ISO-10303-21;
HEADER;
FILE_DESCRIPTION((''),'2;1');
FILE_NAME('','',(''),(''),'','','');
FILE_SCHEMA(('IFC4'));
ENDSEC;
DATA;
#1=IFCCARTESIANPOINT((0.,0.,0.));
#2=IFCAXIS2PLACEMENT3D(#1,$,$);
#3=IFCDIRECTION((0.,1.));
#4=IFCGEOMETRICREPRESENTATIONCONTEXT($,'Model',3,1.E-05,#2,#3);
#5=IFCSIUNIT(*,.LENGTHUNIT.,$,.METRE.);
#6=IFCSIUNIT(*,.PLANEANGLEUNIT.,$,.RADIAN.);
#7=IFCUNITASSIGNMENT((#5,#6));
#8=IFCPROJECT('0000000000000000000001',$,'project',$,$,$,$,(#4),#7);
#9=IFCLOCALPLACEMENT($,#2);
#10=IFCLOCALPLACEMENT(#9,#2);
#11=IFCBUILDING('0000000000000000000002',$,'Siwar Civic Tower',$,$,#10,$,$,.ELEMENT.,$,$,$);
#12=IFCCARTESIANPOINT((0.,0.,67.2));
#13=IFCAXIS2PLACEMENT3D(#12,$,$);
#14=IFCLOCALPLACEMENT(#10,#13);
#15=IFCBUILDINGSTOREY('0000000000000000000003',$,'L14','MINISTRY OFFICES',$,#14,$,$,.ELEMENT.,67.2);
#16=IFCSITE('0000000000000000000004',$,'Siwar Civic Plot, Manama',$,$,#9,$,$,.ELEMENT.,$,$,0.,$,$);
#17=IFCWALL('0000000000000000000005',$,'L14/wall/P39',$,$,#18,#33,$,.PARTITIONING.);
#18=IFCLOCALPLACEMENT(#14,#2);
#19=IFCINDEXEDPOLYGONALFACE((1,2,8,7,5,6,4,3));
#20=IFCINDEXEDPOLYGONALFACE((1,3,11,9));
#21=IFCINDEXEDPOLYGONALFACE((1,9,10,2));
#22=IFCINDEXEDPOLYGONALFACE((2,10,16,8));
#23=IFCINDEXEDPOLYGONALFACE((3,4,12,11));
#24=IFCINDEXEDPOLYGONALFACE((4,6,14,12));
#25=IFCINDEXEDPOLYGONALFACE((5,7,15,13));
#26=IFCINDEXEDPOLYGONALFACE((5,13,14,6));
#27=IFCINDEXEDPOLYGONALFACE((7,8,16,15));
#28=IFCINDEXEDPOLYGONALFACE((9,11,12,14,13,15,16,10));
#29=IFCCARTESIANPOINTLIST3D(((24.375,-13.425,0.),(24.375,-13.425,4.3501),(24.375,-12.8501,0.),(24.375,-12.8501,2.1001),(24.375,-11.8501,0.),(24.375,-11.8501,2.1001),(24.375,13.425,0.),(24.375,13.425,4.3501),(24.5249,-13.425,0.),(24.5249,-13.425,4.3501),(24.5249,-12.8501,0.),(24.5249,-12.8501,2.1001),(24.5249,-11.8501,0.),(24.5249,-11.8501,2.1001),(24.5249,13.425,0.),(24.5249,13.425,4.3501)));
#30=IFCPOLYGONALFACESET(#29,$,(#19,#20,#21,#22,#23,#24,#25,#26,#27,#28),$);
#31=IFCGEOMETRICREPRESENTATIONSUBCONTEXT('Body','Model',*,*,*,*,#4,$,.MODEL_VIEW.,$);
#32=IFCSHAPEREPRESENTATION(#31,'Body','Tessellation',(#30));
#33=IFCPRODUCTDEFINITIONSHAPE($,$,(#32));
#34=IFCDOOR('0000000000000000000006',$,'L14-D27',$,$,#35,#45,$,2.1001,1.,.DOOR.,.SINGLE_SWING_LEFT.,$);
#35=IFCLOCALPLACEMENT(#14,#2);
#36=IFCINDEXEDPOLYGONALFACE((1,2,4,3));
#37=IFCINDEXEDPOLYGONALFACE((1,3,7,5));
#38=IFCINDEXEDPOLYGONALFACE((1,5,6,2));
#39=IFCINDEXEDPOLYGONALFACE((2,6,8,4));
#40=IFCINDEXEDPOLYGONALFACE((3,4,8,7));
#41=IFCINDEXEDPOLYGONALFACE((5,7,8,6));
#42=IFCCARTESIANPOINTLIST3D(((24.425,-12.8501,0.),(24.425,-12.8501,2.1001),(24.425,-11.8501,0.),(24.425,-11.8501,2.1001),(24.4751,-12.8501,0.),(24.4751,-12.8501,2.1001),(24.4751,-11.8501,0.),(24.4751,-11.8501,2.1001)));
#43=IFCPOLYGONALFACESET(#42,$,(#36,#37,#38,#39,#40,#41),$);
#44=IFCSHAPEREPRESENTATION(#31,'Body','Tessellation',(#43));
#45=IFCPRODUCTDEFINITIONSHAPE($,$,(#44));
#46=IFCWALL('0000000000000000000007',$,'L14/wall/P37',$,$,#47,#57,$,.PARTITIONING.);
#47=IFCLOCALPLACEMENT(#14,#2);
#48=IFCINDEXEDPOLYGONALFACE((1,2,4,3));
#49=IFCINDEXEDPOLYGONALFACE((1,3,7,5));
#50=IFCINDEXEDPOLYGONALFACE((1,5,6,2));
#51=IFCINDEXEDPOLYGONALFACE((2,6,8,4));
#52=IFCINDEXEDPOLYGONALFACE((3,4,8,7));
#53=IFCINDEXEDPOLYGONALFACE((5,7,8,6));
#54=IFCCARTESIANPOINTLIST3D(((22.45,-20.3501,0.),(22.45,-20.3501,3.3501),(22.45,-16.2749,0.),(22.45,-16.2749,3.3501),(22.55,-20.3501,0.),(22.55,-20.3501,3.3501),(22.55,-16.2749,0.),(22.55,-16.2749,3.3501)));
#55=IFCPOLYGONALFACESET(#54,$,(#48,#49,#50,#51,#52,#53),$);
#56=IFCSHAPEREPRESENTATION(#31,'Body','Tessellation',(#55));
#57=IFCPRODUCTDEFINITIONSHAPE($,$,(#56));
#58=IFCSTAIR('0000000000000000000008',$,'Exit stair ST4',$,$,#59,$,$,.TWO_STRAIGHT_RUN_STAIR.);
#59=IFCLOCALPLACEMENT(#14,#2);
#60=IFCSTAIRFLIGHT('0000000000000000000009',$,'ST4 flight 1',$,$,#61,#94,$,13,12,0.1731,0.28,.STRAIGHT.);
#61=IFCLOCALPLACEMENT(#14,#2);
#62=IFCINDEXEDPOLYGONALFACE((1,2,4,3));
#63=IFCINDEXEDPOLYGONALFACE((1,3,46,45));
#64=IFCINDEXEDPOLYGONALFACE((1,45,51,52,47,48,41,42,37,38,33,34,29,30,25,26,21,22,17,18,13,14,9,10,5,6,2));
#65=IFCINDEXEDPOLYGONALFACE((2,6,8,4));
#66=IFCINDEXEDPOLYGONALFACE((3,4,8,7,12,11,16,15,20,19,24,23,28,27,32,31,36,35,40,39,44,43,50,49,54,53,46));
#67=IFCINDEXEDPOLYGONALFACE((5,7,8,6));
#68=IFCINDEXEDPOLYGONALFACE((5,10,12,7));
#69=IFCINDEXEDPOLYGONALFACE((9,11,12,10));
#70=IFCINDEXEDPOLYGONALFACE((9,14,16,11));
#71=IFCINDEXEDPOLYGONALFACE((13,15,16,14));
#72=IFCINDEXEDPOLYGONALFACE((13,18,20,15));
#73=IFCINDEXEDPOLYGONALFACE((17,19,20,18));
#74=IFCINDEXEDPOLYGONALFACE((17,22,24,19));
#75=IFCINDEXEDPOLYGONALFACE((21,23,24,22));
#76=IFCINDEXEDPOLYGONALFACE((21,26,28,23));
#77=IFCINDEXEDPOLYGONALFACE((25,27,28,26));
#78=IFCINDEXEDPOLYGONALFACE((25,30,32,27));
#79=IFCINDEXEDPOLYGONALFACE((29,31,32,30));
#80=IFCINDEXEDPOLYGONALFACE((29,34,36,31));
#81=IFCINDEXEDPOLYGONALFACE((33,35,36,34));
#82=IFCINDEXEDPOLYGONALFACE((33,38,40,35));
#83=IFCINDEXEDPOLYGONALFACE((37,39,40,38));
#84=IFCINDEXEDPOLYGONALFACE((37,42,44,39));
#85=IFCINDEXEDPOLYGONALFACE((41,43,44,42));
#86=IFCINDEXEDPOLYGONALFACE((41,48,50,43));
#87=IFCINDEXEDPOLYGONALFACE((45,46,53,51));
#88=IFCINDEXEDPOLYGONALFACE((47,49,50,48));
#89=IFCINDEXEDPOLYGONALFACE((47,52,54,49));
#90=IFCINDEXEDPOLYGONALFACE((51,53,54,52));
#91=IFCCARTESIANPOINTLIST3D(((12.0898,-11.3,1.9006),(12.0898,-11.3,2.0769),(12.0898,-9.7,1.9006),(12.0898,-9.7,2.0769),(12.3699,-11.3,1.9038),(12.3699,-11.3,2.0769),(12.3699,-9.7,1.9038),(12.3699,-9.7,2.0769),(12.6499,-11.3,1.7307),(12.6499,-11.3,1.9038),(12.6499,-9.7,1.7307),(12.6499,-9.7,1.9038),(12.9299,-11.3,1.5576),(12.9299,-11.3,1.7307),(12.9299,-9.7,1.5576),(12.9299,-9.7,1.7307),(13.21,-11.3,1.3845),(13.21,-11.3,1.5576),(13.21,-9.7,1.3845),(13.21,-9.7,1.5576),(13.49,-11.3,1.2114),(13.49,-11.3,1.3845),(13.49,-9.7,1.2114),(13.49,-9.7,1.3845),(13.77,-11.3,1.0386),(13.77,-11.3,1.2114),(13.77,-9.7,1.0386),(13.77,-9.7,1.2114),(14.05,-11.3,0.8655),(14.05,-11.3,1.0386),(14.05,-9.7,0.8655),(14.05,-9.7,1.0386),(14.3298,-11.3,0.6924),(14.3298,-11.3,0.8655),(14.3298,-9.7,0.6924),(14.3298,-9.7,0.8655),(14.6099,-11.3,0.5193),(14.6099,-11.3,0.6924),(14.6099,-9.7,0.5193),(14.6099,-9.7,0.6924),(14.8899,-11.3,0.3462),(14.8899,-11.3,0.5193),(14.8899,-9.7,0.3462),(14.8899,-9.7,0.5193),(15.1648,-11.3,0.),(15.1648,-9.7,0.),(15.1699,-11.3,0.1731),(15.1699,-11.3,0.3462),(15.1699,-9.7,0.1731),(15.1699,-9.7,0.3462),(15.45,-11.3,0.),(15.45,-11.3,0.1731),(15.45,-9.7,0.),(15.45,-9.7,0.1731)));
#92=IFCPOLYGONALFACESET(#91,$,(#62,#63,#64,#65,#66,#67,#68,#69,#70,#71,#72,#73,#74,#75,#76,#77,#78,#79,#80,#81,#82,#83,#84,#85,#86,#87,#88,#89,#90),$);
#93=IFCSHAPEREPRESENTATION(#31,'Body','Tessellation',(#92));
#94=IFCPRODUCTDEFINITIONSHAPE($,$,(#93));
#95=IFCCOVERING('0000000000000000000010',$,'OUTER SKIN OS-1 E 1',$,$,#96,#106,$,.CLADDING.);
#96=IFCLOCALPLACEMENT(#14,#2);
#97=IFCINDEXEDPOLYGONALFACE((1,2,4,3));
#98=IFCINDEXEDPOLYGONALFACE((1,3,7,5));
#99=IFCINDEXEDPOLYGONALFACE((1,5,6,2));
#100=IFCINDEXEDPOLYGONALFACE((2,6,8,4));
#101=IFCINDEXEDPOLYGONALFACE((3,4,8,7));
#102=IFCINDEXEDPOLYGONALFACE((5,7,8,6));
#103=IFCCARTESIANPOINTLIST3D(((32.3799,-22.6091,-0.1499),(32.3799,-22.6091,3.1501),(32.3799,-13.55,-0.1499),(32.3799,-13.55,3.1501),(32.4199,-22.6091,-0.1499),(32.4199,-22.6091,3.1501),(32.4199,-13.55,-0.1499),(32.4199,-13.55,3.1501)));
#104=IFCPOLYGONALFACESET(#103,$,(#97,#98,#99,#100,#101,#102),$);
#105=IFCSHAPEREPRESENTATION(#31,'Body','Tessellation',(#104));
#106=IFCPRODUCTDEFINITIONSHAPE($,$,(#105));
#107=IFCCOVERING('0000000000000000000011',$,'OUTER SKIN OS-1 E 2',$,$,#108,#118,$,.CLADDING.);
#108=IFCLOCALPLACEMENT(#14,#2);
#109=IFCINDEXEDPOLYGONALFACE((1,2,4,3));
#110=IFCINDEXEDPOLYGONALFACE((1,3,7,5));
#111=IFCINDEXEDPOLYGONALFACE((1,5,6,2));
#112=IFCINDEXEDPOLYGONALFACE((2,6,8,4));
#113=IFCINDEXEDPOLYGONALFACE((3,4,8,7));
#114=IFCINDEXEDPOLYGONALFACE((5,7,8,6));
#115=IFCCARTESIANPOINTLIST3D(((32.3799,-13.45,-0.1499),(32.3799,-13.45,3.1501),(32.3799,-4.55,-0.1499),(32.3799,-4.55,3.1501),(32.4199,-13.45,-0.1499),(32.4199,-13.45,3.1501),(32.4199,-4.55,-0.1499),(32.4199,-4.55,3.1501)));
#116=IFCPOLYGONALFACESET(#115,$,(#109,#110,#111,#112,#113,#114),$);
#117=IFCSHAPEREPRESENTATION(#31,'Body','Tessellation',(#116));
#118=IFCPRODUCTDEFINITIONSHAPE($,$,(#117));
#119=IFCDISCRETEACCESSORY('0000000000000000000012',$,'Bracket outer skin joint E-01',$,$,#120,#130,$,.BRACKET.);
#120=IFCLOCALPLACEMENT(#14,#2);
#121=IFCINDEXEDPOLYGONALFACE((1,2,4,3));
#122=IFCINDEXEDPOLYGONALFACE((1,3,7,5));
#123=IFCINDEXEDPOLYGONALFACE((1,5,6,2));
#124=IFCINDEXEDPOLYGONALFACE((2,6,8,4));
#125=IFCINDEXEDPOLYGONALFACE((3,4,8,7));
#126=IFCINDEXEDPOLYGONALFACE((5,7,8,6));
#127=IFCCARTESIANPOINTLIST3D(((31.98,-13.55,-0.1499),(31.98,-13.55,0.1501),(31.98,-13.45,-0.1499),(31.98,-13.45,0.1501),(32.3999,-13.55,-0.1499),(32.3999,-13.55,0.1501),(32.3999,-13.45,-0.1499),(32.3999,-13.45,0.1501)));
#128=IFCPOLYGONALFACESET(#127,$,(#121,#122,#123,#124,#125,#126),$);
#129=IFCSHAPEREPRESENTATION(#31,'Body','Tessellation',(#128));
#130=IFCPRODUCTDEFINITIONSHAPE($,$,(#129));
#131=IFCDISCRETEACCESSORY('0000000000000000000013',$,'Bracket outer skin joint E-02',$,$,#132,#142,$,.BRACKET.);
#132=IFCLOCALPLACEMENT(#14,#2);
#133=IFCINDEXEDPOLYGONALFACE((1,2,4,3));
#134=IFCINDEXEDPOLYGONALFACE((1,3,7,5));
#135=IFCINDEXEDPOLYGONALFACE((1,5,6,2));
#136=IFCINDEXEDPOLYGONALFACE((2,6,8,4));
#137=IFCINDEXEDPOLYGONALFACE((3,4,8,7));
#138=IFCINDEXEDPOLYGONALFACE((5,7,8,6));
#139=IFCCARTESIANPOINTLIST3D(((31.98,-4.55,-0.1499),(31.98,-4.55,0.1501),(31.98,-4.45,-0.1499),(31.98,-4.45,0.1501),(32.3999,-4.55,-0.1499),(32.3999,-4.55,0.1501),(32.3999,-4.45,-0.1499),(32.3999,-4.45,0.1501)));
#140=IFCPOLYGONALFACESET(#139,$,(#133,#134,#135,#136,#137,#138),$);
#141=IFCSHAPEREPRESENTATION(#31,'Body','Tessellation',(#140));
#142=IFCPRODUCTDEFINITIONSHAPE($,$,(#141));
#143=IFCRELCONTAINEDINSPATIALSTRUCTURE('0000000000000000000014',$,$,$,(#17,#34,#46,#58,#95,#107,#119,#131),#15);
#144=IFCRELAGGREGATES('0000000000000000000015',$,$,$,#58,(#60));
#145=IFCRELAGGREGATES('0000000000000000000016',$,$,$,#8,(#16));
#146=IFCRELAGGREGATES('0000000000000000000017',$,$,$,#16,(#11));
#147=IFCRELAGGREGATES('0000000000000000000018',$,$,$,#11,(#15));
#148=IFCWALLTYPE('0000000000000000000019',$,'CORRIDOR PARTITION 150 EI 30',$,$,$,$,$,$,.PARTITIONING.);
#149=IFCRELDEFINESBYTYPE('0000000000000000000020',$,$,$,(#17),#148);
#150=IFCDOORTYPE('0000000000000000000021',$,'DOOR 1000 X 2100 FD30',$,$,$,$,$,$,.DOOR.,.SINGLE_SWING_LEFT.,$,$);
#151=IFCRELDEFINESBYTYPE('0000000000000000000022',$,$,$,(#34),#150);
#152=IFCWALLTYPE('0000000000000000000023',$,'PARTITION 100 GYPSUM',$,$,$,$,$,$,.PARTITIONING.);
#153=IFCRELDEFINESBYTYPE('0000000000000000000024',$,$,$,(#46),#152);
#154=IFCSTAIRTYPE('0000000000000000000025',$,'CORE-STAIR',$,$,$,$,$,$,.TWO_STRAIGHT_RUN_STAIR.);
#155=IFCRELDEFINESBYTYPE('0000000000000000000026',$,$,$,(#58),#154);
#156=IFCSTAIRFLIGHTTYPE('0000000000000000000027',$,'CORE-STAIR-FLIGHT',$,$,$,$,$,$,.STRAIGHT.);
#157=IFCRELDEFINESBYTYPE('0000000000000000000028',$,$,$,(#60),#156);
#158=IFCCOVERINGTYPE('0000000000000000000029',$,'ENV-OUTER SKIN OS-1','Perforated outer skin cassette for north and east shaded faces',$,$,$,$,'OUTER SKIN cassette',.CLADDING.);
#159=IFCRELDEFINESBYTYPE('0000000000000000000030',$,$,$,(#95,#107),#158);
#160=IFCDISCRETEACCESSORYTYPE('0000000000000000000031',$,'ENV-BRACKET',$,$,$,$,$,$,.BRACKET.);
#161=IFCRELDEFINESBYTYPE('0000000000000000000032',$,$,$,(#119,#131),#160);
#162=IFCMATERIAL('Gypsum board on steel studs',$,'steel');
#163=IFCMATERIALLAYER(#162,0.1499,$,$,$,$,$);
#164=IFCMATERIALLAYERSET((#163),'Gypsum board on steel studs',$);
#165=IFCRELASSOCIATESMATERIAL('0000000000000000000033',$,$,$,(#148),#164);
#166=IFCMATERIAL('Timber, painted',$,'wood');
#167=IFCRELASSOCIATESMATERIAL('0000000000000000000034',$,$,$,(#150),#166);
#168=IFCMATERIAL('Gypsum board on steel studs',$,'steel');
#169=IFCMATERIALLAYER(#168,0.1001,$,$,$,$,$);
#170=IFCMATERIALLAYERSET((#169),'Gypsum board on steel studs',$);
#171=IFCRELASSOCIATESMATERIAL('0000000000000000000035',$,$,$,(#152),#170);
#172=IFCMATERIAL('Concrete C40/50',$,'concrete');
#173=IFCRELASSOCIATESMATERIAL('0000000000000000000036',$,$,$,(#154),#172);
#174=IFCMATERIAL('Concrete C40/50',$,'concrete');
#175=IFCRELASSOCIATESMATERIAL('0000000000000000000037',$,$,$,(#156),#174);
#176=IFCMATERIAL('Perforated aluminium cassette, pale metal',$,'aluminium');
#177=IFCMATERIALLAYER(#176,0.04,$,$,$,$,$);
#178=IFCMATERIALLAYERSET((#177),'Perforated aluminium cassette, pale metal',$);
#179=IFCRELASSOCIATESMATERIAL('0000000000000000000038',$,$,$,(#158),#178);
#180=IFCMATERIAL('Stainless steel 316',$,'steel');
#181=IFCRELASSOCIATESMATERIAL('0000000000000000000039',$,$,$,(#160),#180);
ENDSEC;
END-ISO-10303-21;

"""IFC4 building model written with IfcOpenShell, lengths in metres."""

from ifc_helpers import new_model, si_unit, direction, frame, frame_2d, origin, origin_2d, place, context, subcontext, project, spatial, polyline, rectangle, outline, extrude, material, layer, layer_set, type_object, element, fill, aggregate, save


model = new_model("IFC4")

# Units and contexts
model_context = context("Model", 3, precision=1e-05, world=origin(), true_north=direction((0.0, 1.0)))
body_context = subcontext(model_context, "Body", "Model", "MODEL_VIEW")
ifc_project = project(units=[si_unit("LENGTHUNIT", "METRE"), si_unit("PLANEANGLEUNIT", "RADIAN")], contexts=[model_context])

# Site, building, storey
site_placement = place(None, origin())
site = spatial("IfcSite", under=ifc_project, at=site_placement, Name="Siwar Civic Plot, Manama", CompositionType="ELEMENT", RefElevation=0.0)
building_placement = place(site_placement, origin())
building = spatial("IfcBuilding", under=site, at=building_placement, Name="Siwar Civic Tower", CompositionType="ELEMENT")
storey_placement = place(building_placement, frame((0.0, 0.0, 67.2)))
storey = spatial("IfcBuildingStorey", under=building, at=storey_placement, Name="L14", Description="MINISTRY OFFICES", CompositionType="ELEMENT", Elevation=67.2)

# Shared definitions
ifc_material_1 = material(Name="Gypsum board on steel studs", Category="steel")
ifc_layer_1 = layer(ifc_material_1, 0.1499)
ifc_layer_set_1 = layer_set([ifc_layer_1], Name="Gypsum board on steel studs")
wall_type_1 = type_object("IfcWallType", Name="CORRIDOR PARTITION 150 EI 30", PredefinedType="PARTITIONING", material=ifc_layer_set_1)

# Wall, opening, door
wall_1_placement = place(storey_placement, frame((24.45, -13.425, 0.0), z_axis=(0.0, 0.0, 1.0), x_axis=(0.0, 1.0, 0.0)))
wall_1 = element("IfcWall", 1, at=wall_1_placement, inside=storey, type_object=wall_type_1, Name="L14/wall/P39", PredefinedType="PARTITIONING", context=body_context, shape_type="SweptSolid", body=[
    extrude(rectangle(XDim=26.8501, YDim=0.1499, at=frame_2d((13.425, 0.0))), origin(), (0.0, 0.0, 1.0), 4.3501),
])
opening_1_placement = place(wall_1_placement, frame((0.575, 0.0, 0.0)))
opening_1 = element("IfcOpeningElement", 2, at=opening_1_placement, cuts=wall_1, PredefinedType="OPENING", context=body_context, shape_type="SweptSolid", body=[
    extrude(rectangle(XDim=1.0, YDim=2.1001, at=frame_2d((0.5, 1.05))), frame((0.0, 0.085, 0.0), z_axis=(0.0, -1.0, 0.0), x_axis=(1.0, 0.0, 0.0)), (0.0, 0.0, 1.0), 0.1699),
])
ifc_material_2 = material(Name="Timber, painted", Category="wood")
door_type_1 = type_object("IfcDoorType", Name="DOOR 1000 X 2100 FD30", OperationType="SINGLE_SWING_LEFT", PredefinedType="DOOR", material=ifc_material_2)
door_1_placement = place(opening_1_placement, origin())
door_1 = element("IfcDoor", 3, at=door_1_placement, inside=storey, type_object=door_type_1, Name="L14-D27", OperationType="SINGLE_SWING_LEFT", OverallHeight=2.1001, OverallWidth=1.0, PredefinedType="DOOR", context=body_context, shape_type="SweptSolid", body=[
    extrude(rectangle(XDim=1.0, YDim=2.1001, at=frame_2d((0.5, 1.05))), frame((0.0, 0.0249, 0.0), z_axis=(0.0, -1.0, 0.0), x_axis=(1.0, 0.0, 0.0)), (0.0, 0.0, 1.0), 0.05),
])
fill(opening_1, door_1)

# Wall
ifc_material_3 = material(Name="Gypsum board on steel studs", Category="steel")
ifc_layer_2 = layer(ifc_material_3, 0.1001)
ifc_layer_set_2 = layer_set([ifc_layer_2], Name="Gypsum board on steel studs")
wall_type_2 = type_object("IfcWallType", Name="PARTITION 100 GYPSUM", PredefinedType="PARTITIONING", material=ifc_layer_set_2)
wall_2_placement = place(storey_placement, frame((22.5, -20.3501, 0.0), z_axis=(0.0, 0.0, 1.0), x_axis=(0.0, 1.0, 0.0)))
element("IfcWall", 4, at=wall_2_placement, inside=storey, type_object=wall_type_2, Name="L14/wall/P37", PredefinedType="PARTITIONING", context=body_context, shape_type="SweptSolid", body=[
    extrude(rectangle(XDim=4.0752, YDim=0.1001, at=frame_2d((2.0376, 0.0))), origin(), (0.0, 0.0, 1.0), 3.3501),
])

# Stair, stair flight
ifc_material_4 = material(Name="Concrete C40/50", Category="concrete")
stair_type = type_object("IfcStairType", Name="CORE-STAIR", PredefinedType="TWO_STRAIGHT_RUN_STAIR", material=ifc_material_4)
stair_placement = place(storey_placement, origin())
stair = element("IfcStair", 5, at=stair_placement, inside=storey, type_object=stair_type, Name="Exit stair ST4", PredefinedType="TWO_STRAIGHT_RUN_STAIR")
ifc_material_5 = material(Name="Concrete C40/50", Category="concrete")
stair_flight_type = type_object("IfcStairFlightType", Name="CORE-STAIR-FLIGHT", PredefinedType="STRAIGHT", material=ifc_material_5)
stair_flight_placement = place(storey_placement, frame((15.45, -10.5, 0.0), z_axis=(0.0, 0.0, 1.0), x_axis=(-1.0, 0.0, 0.0)))
stair_flight = element("IfcStairFlight", 6, at=stair_flight_placement, type_object=stair_flight_type, Name="ST4 flight 1", NumberOfRisers=13, NumberOfTreads=12, PredefinedType="STRAIGHT", RiserHeight=0.1731, TreadLength=0.28, context=body_context, shape_type="SweptSolid", body=[
    extrude(outline(polyline([(0.0, 0.0), (0.0, 0.1731), (0.28, 0.1731), (0.28, 0.3462), (0.5601, 0.3462), (0.5601, 0.5193), (0.8401, 0.5193), (0.8401, 0.6924), (1.1201, 0.6924), (1.1201, 0.8655), (1.3999, 0.8655), (1.3999, 1.0386), (1.6799, 1.0386), (1.6799, 1.2114), (1.96, 1.2114), (1.96, 1.3845), (2.24, 1.3845), (2.24, 1.5576), (2.52, 1.5576), (2.52, 1.7307), (2.8, 1.7307), (2.8, 1.9038), (3.0801, 1.9038), (3.0801, 2.0769), (3.3601, 2.0769), (3.3601, 2.25), (3.3601, 1.9006), (0.2852, 0.0), (0.0, 0.0)])), frame((0.0, 0.8, 0.0), z_axis=(0.0, -1.0, 0.0), x_axis=(1.0, 0.0, 0.0)), (0.0, 0.0, 1.0), 1.6001),
])
aggregate(stair, [stair_flight])

# Coverings
ifc_material_6 = material(Name="Perforated aluminium cassette, pale metal", Category="aluminium")
ifc_layer_3 = layer(ifc_material_6, 0.04)
ifc_layer_set_3 = layer_set([ifc_layer_3], Name="Perforated aluminium cassette, pale metal")
covering_type = type_object("IfcCoveringType", Name="ENV-OUTER SKIN OS-1", Description="Perforated outer skin cassette for north and east shaded faces", ElementType="OUTER SKIN cassette", PredefinedType="CLADDING", material=ifc_layer_set_3)
covering_1_placement = place(storey_placement, frame((32.3999, -18.0796, -0.1499), z_axis=(0.0, 0.0, 1.0), x_axis=(0.0, 1.0, 0.0)))
element("IfcCovering", 7, at=covering_1_placement, inside=storey, type_object=covering_type, Name="OUTER SKIN OS-1 E 1", PredefinedType="CLADDING", context=body_context, shape_type="SweptSolid", body=[
    extrude(rectangle(XDim=9.0591, YDim=0.04, at=origin_2d()), origin(), (0.0, 0.0, 1.0), 3.3),
])
covering_2_placement = place(storey_placement, frame((32.3999, -9.0, -0.1499), z_axis=(0.0, 0.0, 1.0), x_axis=(0.0, 1.0, 0.0)))
element("IfcCovering", 8, at=covering_2_placement, inside=storey, type_object=covering_type, Name="OUTER SKIN OS-1 E 2", PredefinedType="CLADDING", context=body_context, shape_type="SweptSolid", body=[
    extrude(rectangle(XDim=8.8999, YDim=0.04, at=origin_2d()), origin(), (0.0, 0.0, 1.0), 3.3),
])

# Discrete accessories
ifc_material_7 = material(Name="Stainless steel 316", Category="steel")
discrete_accessory_type = type_object("IfcDiscreteAccessoryType", Name="ENV-BRACKET", PredefinedType="BRACKET", material=ifc_material_7)
for number, where, z_axis, x_axis, name in (
    (9, (32.1899, -13.5, -0.1499), (0.0, 0.0, 1.0), (1.0, 0.0, 0.0), "Bracket outer skin joint E-01"),
    (10, (32.1899, -4.5, -0.1499), (0.0, 0.0, 1.0), (1.0, 0.0, 0.0), "Bracket outer skin joint E-02"),
):
    element("IfcDiscreteAccessory", number, at=place(storey_placement, frame(where, z_axis=z_axis, x_axis=x_axis)), inside=storey, type_object=discrete_accessory_type, Name=name, PredefinedType="BRACKET", context=body_context, shape_type="SweptSolid", body=[
        extrude(rectangle(XDim=0.4199, YDim=0.1001, at=origin_2d()), origin(), (0.0, 0.0, 1.0), 0.3),
    ])

save(model, "model.ifc")
